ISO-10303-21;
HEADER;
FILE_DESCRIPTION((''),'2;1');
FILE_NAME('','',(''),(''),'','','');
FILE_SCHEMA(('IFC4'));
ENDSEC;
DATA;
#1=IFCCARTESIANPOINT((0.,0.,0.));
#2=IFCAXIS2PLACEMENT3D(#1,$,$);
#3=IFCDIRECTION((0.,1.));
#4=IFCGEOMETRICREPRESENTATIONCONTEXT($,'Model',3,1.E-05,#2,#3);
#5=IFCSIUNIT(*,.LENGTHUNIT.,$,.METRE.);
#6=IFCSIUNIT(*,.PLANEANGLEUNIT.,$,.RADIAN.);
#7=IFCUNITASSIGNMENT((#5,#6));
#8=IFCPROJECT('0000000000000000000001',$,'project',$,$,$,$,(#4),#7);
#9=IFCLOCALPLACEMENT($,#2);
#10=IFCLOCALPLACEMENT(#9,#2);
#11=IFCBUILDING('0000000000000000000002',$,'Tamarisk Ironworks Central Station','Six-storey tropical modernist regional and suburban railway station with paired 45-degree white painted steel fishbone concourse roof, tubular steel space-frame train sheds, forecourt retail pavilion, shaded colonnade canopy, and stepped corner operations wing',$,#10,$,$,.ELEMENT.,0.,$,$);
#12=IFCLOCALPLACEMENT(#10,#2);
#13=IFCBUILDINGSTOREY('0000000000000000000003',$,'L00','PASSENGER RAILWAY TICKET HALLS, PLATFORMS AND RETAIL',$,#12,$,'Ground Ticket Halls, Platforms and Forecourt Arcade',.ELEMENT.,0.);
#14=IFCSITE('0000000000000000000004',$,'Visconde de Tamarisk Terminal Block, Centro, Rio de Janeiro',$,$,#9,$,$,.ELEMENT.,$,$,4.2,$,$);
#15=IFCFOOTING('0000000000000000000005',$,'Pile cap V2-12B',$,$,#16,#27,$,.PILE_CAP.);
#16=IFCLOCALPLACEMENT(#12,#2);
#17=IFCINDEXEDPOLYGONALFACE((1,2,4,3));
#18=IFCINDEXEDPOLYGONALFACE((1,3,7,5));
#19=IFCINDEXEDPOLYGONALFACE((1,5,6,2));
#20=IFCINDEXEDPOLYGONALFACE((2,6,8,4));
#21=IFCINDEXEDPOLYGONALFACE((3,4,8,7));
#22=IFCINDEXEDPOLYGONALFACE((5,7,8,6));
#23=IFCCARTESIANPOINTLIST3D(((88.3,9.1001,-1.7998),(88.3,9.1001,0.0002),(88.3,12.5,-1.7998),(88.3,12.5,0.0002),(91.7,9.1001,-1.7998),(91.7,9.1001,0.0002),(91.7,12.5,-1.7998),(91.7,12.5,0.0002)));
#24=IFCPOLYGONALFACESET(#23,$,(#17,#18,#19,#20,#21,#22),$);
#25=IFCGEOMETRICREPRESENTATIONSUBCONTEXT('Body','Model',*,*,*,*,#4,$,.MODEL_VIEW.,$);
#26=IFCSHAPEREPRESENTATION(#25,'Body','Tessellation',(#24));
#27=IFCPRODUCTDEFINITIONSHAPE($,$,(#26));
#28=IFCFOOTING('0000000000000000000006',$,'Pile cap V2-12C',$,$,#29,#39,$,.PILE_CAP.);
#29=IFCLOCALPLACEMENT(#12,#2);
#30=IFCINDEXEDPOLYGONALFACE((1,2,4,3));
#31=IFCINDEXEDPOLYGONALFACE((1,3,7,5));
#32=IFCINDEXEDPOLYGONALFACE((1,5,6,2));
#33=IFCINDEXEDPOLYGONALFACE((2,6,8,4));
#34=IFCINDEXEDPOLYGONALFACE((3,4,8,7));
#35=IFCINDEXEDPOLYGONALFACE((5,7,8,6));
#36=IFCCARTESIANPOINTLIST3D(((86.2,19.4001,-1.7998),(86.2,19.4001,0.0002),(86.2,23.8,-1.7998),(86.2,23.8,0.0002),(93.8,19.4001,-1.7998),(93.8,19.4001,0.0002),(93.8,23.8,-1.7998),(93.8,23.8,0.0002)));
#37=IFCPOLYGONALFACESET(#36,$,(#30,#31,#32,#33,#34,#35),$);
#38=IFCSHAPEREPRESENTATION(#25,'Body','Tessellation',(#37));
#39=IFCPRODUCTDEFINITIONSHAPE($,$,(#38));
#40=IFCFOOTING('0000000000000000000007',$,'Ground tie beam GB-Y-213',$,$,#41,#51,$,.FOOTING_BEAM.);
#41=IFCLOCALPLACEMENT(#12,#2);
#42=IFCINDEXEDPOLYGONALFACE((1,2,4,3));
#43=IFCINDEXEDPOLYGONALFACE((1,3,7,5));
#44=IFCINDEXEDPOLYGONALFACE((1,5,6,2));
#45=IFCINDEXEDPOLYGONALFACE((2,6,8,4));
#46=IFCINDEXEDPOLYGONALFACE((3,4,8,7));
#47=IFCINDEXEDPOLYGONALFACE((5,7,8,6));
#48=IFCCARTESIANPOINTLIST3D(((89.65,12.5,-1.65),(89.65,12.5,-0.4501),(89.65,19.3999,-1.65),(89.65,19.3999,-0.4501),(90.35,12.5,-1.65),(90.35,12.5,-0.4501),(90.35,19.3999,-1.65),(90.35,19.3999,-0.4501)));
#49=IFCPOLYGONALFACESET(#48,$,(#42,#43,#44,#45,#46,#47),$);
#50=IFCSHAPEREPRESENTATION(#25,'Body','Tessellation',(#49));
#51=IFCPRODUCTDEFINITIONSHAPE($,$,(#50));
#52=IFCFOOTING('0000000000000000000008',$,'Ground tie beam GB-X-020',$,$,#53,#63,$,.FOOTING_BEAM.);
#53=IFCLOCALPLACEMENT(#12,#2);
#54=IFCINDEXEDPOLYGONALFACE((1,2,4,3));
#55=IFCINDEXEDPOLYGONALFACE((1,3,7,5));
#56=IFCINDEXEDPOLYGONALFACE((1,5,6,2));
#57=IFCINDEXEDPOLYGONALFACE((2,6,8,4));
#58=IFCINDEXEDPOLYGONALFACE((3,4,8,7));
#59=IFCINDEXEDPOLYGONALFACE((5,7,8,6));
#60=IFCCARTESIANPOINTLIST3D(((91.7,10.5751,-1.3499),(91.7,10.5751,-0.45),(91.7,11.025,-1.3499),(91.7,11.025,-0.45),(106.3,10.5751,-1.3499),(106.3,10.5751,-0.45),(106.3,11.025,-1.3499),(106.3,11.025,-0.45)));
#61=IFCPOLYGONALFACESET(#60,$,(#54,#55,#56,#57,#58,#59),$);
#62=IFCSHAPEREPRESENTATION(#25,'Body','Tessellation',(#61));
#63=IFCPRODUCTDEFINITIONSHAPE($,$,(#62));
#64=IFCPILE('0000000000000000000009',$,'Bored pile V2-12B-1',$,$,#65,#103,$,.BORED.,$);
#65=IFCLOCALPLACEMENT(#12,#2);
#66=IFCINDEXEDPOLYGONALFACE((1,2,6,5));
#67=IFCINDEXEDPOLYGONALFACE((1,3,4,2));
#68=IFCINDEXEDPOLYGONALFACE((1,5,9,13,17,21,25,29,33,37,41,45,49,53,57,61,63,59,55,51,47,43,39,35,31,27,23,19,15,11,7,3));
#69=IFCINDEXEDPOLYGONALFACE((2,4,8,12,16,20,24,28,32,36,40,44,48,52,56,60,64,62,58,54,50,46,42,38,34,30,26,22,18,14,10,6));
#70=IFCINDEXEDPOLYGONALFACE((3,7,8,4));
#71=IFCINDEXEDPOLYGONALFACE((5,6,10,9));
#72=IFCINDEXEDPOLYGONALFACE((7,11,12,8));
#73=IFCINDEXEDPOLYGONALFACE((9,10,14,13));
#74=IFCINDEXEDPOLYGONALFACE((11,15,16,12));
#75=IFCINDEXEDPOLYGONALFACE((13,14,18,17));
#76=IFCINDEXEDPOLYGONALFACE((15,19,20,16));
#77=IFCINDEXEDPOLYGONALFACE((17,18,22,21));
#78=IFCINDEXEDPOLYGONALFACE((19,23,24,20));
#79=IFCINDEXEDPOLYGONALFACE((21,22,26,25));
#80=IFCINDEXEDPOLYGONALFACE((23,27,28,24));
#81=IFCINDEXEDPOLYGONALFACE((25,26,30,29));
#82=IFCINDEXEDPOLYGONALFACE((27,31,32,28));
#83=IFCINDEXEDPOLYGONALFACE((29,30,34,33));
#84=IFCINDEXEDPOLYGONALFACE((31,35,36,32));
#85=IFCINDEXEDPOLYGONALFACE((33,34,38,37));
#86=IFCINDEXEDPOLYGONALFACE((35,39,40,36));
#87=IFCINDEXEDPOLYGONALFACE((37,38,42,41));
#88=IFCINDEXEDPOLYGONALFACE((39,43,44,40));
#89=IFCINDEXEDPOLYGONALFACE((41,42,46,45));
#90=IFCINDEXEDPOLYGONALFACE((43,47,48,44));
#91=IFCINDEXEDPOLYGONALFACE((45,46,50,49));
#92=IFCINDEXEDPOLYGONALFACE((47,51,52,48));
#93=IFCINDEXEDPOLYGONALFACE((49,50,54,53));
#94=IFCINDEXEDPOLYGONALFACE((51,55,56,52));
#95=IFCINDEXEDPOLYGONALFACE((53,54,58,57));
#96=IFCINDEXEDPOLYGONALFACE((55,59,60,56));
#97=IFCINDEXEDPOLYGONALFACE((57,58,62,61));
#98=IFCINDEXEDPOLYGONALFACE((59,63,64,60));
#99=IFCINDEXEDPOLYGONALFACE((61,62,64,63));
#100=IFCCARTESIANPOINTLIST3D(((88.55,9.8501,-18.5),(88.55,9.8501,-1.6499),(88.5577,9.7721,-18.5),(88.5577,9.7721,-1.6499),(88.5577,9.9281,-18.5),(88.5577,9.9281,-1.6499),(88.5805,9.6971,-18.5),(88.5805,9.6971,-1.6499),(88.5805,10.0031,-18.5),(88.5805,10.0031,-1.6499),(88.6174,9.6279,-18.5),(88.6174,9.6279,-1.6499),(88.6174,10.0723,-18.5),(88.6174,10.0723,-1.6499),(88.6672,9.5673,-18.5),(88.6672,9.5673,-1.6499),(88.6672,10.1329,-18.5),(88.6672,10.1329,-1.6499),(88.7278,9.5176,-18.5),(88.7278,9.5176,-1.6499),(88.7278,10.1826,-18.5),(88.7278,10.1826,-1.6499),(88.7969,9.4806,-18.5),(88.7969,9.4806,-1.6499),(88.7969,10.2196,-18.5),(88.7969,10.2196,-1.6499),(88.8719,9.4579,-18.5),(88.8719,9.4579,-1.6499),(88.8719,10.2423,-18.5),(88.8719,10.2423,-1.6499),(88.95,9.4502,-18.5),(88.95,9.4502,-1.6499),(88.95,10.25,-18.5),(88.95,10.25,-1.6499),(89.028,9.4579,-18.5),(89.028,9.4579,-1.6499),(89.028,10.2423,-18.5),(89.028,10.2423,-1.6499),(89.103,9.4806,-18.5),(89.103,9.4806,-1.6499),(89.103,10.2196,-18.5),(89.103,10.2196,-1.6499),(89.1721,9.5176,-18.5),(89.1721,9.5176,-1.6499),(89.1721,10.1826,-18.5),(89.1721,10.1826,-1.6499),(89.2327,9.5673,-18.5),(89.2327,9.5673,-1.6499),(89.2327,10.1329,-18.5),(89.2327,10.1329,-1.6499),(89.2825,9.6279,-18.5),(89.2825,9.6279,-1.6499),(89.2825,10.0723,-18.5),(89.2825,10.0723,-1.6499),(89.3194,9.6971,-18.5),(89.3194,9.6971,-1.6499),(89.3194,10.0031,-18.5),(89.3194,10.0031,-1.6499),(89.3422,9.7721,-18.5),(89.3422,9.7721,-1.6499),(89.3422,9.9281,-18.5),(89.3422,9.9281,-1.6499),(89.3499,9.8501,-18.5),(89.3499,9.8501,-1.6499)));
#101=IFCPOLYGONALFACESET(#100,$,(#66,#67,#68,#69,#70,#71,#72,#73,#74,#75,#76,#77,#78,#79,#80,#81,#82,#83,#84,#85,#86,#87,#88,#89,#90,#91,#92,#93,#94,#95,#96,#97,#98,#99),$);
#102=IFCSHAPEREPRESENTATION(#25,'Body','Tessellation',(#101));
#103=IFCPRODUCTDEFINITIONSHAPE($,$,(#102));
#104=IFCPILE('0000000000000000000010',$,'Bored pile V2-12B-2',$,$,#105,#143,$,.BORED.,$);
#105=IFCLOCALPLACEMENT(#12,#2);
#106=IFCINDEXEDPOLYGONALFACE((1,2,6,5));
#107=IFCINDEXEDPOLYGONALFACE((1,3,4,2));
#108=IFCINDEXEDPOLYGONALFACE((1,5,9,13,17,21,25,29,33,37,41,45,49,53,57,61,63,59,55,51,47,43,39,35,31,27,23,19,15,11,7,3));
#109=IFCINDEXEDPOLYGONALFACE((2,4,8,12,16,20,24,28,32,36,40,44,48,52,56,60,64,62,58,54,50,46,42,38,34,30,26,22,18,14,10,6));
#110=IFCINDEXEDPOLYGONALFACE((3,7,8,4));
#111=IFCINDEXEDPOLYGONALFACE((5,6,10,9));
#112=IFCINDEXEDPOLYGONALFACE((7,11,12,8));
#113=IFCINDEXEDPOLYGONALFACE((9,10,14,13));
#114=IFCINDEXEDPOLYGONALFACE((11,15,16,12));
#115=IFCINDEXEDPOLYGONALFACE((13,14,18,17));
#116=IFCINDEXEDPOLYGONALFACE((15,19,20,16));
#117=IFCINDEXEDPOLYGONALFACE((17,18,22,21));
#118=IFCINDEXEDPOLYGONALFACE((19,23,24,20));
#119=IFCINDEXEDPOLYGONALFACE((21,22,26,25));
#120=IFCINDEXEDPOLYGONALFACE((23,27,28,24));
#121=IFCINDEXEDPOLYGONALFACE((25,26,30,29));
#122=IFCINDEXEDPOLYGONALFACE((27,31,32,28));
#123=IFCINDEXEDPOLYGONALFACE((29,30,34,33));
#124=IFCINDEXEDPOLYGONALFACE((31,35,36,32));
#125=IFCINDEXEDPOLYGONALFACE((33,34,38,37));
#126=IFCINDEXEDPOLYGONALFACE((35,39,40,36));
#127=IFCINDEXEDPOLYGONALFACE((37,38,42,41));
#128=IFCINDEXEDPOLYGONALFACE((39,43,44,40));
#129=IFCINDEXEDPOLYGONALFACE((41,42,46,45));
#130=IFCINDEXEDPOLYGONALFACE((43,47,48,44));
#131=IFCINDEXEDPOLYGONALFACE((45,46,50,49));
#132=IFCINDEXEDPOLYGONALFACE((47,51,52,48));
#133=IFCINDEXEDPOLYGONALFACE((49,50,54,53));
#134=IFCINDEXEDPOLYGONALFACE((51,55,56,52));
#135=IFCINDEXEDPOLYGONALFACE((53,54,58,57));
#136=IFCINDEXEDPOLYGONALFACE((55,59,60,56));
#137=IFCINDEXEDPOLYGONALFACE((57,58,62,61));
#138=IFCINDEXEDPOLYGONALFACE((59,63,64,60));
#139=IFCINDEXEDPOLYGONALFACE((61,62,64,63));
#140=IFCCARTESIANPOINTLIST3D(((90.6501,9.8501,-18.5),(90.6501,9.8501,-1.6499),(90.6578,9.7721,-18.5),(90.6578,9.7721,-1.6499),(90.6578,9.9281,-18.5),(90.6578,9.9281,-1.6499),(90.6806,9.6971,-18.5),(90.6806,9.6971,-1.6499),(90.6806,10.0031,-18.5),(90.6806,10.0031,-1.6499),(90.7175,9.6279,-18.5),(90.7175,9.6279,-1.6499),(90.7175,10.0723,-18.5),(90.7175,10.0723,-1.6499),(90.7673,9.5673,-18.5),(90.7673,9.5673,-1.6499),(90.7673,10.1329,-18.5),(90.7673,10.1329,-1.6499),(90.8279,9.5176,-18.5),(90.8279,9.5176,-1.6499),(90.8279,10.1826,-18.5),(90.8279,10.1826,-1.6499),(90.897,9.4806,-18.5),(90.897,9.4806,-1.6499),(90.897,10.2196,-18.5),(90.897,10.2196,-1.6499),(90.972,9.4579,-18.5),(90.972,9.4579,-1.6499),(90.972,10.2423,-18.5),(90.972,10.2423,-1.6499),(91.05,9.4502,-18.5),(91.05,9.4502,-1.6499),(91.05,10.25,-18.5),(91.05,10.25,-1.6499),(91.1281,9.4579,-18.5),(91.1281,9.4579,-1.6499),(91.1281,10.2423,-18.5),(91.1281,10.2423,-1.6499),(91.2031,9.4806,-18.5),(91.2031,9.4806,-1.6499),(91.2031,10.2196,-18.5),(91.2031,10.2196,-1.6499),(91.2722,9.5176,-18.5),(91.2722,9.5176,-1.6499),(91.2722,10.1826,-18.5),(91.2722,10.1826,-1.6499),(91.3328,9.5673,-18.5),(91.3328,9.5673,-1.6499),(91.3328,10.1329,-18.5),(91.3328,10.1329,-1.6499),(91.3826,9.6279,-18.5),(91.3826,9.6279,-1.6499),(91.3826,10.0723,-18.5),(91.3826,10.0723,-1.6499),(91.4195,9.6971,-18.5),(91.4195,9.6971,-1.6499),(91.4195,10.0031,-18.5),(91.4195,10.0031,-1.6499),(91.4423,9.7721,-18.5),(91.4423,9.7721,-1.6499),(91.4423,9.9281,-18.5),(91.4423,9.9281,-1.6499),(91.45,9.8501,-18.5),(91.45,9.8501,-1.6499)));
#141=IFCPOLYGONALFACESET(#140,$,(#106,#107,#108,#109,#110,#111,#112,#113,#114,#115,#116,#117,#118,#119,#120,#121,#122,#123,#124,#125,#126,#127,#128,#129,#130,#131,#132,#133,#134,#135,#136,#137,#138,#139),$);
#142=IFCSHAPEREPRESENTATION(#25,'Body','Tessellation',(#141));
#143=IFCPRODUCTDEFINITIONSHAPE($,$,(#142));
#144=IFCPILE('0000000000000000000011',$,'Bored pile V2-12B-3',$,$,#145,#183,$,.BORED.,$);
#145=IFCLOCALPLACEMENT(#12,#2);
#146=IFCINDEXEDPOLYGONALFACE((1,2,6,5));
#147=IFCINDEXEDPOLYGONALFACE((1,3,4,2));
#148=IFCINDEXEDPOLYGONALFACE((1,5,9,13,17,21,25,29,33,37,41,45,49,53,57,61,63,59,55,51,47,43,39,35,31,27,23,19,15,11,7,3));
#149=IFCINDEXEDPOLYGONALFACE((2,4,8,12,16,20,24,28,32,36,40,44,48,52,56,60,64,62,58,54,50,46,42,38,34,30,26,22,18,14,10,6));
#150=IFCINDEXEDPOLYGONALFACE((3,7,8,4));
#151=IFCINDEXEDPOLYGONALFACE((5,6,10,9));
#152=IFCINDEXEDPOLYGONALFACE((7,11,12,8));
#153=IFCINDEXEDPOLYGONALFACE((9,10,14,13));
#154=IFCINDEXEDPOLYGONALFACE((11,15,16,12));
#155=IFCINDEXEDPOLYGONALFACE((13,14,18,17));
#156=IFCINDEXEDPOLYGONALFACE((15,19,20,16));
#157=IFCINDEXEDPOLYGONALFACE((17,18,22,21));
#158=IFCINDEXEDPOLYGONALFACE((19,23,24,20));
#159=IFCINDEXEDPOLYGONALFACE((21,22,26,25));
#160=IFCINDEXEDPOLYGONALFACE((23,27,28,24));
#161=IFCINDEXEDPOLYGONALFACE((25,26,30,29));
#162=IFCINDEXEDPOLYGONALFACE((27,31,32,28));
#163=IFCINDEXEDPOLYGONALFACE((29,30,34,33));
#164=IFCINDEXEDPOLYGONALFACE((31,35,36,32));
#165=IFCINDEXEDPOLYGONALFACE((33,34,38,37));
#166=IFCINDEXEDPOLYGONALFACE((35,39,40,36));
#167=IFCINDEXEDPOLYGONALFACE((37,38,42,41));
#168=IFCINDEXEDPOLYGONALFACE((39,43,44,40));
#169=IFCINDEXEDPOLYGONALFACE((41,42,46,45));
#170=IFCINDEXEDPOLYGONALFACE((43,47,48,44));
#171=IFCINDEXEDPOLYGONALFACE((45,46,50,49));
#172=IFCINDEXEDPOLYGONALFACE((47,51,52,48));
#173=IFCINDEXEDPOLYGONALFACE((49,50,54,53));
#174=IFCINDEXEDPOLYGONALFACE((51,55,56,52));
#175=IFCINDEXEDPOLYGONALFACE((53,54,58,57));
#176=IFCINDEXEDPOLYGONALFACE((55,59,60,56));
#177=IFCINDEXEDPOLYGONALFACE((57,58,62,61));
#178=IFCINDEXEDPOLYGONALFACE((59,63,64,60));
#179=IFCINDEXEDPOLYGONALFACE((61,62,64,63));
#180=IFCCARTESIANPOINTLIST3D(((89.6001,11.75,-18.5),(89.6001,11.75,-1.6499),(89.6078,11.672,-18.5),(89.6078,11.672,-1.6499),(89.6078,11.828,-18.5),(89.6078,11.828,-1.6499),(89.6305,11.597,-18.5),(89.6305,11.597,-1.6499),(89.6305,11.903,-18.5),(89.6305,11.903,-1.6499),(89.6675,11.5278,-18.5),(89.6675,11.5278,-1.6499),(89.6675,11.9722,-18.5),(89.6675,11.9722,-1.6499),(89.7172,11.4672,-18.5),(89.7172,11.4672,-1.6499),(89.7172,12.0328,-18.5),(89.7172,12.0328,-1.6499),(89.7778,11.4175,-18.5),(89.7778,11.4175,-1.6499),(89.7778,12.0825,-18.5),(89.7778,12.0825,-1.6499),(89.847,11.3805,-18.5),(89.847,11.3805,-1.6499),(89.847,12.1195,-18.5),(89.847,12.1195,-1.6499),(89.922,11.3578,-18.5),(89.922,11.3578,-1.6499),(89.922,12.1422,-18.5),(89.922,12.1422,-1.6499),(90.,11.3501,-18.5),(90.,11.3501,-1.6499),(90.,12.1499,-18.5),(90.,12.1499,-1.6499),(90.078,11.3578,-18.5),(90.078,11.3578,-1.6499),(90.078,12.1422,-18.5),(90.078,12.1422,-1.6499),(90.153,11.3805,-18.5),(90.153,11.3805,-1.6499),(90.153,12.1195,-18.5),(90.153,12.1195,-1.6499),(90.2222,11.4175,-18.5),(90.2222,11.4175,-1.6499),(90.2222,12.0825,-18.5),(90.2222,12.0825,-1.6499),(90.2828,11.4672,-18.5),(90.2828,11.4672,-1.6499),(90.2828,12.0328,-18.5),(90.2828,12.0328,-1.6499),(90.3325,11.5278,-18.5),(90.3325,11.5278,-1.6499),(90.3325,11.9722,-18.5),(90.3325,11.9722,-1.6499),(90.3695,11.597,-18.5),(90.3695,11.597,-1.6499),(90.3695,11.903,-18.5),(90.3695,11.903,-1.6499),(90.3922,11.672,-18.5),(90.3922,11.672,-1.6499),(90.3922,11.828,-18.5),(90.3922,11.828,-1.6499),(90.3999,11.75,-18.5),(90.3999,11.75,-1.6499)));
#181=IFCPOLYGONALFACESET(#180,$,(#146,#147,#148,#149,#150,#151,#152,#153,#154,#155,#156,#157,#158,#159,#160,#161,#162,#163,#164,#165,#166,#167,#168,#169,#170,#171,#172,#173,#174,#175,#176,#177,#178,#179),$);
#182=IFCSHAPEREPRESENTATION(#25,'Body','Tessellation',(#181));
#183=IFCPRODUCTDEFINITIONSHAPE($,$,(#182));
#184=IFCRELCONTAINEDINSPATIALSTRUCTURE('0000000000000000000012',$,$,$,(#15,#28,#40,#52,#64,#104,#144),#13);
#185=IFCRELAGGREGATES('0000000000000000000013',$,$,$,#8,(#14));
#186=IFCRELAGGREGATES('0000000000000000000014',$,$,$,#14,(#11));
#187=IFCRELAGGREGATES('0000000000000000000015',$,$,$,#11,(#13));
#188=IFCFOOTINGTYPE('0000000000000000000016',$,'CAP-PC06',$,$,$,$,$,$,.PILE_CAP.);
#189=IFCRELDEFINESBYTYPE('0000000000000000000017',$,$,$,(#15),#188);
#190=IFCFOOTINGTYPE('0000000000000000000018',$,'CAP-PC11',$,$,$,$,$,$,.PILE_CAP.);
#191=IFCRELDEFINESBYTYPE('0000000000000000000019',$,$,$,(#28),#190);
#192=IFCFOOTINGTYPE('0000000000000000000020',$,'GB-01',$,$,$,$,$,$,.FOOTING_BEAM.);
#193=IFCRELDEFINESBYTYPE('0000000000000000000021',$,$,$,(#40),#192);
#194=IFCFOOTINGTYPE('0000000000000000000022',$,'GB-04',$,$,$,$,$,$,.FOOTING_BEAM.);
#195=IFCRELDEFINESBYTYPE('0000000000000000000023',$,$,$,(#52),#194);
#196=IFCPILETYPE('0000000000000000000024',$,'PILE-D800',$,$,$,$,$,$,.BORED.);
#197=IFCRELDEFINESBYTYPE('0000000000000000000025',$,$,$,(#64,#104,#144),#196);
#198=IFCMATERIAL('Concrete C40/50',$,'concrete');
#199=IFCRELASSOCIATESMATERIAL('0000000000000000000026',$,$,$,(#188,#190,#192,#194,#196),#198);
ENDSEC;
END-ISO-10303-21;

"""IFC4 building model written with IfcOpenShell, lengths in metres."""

from ifc_helpers import new_model, si_unit, direction, frame, origin, origin_2d, place, context, subcontext, project, spatial, rectangle, circle, extrude, material, material_profile, profile_set, type_object, element, save


model = new_model("IFC4")

# Units and contexts
model_context = context("Model", 3, precision=1e-05, world=origin(), true_north=direction((0.0, 1.0)))
body_context = subcontext(model_context, "Body", "Model", "MODEL_VIEW")
ifc_project = project(units=[si_unit("LENGTHUNIT", "METRE"), si_unit("PLANEANGLEUNIT", "RADIAN")], contexts=[model_context])

# Site, building, storey
site_placement = place(None, origin())
site = spatial("IfcSite", under=ifc_project, at=site_placement, Name="Visconde de Tamarisk Terminal Block, Centro, Rio de Janeiro", CompositionType="ELEMENT", RefElevation=4.2)
building_placement = place(site_placement, origin())
building = spatial("IfcBuilding", under=site, at=building_placement, Name="Tamarisk Ironworks Central Station", Description="Six-storey tropical modernist regional and suburban railway station with paired 45-degree white painted steel fishbone concourse roof, tubular steel space-frame train sheds, forecourt retail pavilion, shaded colonnade canopy, and stepped corner operations wing", CompositionType="ELEMENT", ElevationOfRefHeight=0.0)
storey_placement = place(building_placement, origin())
storey = spatial("IfcBuildingStorey", under=building, at=storey_placement, Name="L00", Description="PASSENGER RAILWAY TICKET HALLS, PLATFORMS AND RETAIL", LongName="Ground Ticket Halls, Platforms and Forecourt Arcade", CompositionType="ELEMENT", Elevation=0.0)

# Footings
ifc_material_1 = material(Name="Concrete C40/50", Category="concrete")
footing_type_1 = type_object("IfcFootingType", Name="CAP-PC06", PredefinedType="PILE_CAP", material=ifc_material_1)
footing_1_placement = place(storey_placement, frame((90.0, 10.8, -1.7998), z_axis=(0.0, 0.0, 1.0), x_axis=(1.0, 0.0, 0.0)))
element("IfcFooting", 1, at=footing_1_placement, inside=storey, type_object=footing_type_1, Name="Pile cap V2-12B", PredefinedType="PILE_CAP", context=body_context, shape_type="SweptSolid", body=[
    extrude(rectangle(XDim=3.3999, YDim=3.3999, at=origin_2d()), origin(), (0.0, 0.0, 1.0), 1.8),
])
footing_type_2 = type_object("IfcFootingType", Name="CAP-PC11", PredefinedType="PILE_CAP", material=ifc_material_1)
footing_2_placement = place(storey_placement, frame((90.0, 21.6001, -1.7998), z_axis=(0.0, 0.0, 1.0), x_axis=(1.0, 0.0, 0.0)))
element("IfcFooting", 2, at=footing_2_placement, inside=storey, type_object=footing_type_2, Name="Pile cap V2-12C", PredefinedType="PILE_CAP", context=body_context, shape_type="SweptSolid", body=[
    extrude(rectangle(XDim=7.6001, YDim=4.3999, at=origin_2d()), origin(), (0.0, 0.0, 1.0), 1.8),
])
ifc_material_profile_1 = material_profile(ifc_material_1, rectangle(XDim=0.7, YDim=1.2, at=origin_2d()), Name="GB01 700x1200")
ifc_profile_set_1 = profile_set([ifc_material_profile_1], Name="Concrete C40/50")
footing_type_3 = type_object("IfcFootingType", Name="GB-01", PredefinedType="FOOTING_BEAM", material=ifc_profile_set_1)
footing_3_placement = place(storey_placement, frame((90.0, 12.5, -1.05), z_axis=(0.0, 1.0, 0.0), x_axis=(-1.0, 0.0, 0.0)))
element("IfcFooting", 3, at=footing_3_placement, inside=storey, type_object=footing_type_3, Name="Ground tie beam GB-Y-213", PredefinedType="FOOTING_BEAM", context=body_context, shape_type="SweptSolid", body=[
    extrude(rectangle(XDim=0.7, YDim=1.2, at=origin_2d()), origin(), (0.0, 0.0, 1.0), 6.8999),
])
ifc_material_profile_2 = material_profile(ifc_material_1, rectangle(XDim=0.45, YDim=0.8999, at=origin_2d()), Name="GB04 450x900")
ifc_profile_set_2 = profile_set([ifc_material_profile_2], Name="Concrete C40/50")
footing_type_4 = type_object("IfcFootingType", Name="GB-04", PredefinedType="FOOTING_BEAM", material=ifc_profile_set_2)
footing_4_placement = place(storey_placement, frame((91.7, 10.8, -0.8999), z_axis=(1.0, 0.0, 0.0), x_axis=(0.0, 1.0, 0.0)))
element("IfcFooting", 4, at=footing_4_placement, inside=storey, type_object=footing_type_4, Name="Ground tie beam GB-X-020", PredefinedType="FOOTING_BEAM", context=body_context, shape_type="SweptSolid", body=[
    extrude(rectangle(XDim=0.45, YDim=0.8999, at=origin_2d()), origin(), (0.0, 0.0, 1.0), 14.6001),
])

# Piles
ifc_material_profile_3 = material_profile(ifc_material_1, circle(Radius=0.3999, at=origin_2d()), Name="BORED PILE D800")
ifc_profile_set_3 = profile_set([ifc_material_profile_3], Name="Concrete C40/50")
pile_type_1 = type_object("IfcPileType", Name="PILE-D800", PredefinedType="BORED", material=ifc_profile_set_3)
for number, where, z_axis, x_axis, name in (
    (5, (88.95, 9.8501, -1.6499), (0.0, 0.0, -1.0), (1.0, 0.0, 0.0), "Bored pile V2-12B-1"),
    (6, (91.05, 9.8501, -1.6499), (0.0, 0.0, -1.0), (1.0, 0.0, 0.0), "Bored pile V2-12B-2"),
    (7, (90.0, 11.75, -1.6499), (0.0, 0.0, -1.0), (1.0, 0.0, 0.0), "Bored pile V2-12B-3"),
):
    element("IfcPile", number, at=place(storey_placement, frame(where, z_axis=z_axis, x_axis=x_axis)), inside=storey, type_object=pile_type_1, Name=name, PredefinedType="BORED", context=body_context, shape_type="SweptSolid", body=[
        extrude(circle(Radius=0.3999, at=origin_2d()), origin(), (0.0, 0.0, 1.0), 16.8501),
    ])

save(model, "model.ifc")
